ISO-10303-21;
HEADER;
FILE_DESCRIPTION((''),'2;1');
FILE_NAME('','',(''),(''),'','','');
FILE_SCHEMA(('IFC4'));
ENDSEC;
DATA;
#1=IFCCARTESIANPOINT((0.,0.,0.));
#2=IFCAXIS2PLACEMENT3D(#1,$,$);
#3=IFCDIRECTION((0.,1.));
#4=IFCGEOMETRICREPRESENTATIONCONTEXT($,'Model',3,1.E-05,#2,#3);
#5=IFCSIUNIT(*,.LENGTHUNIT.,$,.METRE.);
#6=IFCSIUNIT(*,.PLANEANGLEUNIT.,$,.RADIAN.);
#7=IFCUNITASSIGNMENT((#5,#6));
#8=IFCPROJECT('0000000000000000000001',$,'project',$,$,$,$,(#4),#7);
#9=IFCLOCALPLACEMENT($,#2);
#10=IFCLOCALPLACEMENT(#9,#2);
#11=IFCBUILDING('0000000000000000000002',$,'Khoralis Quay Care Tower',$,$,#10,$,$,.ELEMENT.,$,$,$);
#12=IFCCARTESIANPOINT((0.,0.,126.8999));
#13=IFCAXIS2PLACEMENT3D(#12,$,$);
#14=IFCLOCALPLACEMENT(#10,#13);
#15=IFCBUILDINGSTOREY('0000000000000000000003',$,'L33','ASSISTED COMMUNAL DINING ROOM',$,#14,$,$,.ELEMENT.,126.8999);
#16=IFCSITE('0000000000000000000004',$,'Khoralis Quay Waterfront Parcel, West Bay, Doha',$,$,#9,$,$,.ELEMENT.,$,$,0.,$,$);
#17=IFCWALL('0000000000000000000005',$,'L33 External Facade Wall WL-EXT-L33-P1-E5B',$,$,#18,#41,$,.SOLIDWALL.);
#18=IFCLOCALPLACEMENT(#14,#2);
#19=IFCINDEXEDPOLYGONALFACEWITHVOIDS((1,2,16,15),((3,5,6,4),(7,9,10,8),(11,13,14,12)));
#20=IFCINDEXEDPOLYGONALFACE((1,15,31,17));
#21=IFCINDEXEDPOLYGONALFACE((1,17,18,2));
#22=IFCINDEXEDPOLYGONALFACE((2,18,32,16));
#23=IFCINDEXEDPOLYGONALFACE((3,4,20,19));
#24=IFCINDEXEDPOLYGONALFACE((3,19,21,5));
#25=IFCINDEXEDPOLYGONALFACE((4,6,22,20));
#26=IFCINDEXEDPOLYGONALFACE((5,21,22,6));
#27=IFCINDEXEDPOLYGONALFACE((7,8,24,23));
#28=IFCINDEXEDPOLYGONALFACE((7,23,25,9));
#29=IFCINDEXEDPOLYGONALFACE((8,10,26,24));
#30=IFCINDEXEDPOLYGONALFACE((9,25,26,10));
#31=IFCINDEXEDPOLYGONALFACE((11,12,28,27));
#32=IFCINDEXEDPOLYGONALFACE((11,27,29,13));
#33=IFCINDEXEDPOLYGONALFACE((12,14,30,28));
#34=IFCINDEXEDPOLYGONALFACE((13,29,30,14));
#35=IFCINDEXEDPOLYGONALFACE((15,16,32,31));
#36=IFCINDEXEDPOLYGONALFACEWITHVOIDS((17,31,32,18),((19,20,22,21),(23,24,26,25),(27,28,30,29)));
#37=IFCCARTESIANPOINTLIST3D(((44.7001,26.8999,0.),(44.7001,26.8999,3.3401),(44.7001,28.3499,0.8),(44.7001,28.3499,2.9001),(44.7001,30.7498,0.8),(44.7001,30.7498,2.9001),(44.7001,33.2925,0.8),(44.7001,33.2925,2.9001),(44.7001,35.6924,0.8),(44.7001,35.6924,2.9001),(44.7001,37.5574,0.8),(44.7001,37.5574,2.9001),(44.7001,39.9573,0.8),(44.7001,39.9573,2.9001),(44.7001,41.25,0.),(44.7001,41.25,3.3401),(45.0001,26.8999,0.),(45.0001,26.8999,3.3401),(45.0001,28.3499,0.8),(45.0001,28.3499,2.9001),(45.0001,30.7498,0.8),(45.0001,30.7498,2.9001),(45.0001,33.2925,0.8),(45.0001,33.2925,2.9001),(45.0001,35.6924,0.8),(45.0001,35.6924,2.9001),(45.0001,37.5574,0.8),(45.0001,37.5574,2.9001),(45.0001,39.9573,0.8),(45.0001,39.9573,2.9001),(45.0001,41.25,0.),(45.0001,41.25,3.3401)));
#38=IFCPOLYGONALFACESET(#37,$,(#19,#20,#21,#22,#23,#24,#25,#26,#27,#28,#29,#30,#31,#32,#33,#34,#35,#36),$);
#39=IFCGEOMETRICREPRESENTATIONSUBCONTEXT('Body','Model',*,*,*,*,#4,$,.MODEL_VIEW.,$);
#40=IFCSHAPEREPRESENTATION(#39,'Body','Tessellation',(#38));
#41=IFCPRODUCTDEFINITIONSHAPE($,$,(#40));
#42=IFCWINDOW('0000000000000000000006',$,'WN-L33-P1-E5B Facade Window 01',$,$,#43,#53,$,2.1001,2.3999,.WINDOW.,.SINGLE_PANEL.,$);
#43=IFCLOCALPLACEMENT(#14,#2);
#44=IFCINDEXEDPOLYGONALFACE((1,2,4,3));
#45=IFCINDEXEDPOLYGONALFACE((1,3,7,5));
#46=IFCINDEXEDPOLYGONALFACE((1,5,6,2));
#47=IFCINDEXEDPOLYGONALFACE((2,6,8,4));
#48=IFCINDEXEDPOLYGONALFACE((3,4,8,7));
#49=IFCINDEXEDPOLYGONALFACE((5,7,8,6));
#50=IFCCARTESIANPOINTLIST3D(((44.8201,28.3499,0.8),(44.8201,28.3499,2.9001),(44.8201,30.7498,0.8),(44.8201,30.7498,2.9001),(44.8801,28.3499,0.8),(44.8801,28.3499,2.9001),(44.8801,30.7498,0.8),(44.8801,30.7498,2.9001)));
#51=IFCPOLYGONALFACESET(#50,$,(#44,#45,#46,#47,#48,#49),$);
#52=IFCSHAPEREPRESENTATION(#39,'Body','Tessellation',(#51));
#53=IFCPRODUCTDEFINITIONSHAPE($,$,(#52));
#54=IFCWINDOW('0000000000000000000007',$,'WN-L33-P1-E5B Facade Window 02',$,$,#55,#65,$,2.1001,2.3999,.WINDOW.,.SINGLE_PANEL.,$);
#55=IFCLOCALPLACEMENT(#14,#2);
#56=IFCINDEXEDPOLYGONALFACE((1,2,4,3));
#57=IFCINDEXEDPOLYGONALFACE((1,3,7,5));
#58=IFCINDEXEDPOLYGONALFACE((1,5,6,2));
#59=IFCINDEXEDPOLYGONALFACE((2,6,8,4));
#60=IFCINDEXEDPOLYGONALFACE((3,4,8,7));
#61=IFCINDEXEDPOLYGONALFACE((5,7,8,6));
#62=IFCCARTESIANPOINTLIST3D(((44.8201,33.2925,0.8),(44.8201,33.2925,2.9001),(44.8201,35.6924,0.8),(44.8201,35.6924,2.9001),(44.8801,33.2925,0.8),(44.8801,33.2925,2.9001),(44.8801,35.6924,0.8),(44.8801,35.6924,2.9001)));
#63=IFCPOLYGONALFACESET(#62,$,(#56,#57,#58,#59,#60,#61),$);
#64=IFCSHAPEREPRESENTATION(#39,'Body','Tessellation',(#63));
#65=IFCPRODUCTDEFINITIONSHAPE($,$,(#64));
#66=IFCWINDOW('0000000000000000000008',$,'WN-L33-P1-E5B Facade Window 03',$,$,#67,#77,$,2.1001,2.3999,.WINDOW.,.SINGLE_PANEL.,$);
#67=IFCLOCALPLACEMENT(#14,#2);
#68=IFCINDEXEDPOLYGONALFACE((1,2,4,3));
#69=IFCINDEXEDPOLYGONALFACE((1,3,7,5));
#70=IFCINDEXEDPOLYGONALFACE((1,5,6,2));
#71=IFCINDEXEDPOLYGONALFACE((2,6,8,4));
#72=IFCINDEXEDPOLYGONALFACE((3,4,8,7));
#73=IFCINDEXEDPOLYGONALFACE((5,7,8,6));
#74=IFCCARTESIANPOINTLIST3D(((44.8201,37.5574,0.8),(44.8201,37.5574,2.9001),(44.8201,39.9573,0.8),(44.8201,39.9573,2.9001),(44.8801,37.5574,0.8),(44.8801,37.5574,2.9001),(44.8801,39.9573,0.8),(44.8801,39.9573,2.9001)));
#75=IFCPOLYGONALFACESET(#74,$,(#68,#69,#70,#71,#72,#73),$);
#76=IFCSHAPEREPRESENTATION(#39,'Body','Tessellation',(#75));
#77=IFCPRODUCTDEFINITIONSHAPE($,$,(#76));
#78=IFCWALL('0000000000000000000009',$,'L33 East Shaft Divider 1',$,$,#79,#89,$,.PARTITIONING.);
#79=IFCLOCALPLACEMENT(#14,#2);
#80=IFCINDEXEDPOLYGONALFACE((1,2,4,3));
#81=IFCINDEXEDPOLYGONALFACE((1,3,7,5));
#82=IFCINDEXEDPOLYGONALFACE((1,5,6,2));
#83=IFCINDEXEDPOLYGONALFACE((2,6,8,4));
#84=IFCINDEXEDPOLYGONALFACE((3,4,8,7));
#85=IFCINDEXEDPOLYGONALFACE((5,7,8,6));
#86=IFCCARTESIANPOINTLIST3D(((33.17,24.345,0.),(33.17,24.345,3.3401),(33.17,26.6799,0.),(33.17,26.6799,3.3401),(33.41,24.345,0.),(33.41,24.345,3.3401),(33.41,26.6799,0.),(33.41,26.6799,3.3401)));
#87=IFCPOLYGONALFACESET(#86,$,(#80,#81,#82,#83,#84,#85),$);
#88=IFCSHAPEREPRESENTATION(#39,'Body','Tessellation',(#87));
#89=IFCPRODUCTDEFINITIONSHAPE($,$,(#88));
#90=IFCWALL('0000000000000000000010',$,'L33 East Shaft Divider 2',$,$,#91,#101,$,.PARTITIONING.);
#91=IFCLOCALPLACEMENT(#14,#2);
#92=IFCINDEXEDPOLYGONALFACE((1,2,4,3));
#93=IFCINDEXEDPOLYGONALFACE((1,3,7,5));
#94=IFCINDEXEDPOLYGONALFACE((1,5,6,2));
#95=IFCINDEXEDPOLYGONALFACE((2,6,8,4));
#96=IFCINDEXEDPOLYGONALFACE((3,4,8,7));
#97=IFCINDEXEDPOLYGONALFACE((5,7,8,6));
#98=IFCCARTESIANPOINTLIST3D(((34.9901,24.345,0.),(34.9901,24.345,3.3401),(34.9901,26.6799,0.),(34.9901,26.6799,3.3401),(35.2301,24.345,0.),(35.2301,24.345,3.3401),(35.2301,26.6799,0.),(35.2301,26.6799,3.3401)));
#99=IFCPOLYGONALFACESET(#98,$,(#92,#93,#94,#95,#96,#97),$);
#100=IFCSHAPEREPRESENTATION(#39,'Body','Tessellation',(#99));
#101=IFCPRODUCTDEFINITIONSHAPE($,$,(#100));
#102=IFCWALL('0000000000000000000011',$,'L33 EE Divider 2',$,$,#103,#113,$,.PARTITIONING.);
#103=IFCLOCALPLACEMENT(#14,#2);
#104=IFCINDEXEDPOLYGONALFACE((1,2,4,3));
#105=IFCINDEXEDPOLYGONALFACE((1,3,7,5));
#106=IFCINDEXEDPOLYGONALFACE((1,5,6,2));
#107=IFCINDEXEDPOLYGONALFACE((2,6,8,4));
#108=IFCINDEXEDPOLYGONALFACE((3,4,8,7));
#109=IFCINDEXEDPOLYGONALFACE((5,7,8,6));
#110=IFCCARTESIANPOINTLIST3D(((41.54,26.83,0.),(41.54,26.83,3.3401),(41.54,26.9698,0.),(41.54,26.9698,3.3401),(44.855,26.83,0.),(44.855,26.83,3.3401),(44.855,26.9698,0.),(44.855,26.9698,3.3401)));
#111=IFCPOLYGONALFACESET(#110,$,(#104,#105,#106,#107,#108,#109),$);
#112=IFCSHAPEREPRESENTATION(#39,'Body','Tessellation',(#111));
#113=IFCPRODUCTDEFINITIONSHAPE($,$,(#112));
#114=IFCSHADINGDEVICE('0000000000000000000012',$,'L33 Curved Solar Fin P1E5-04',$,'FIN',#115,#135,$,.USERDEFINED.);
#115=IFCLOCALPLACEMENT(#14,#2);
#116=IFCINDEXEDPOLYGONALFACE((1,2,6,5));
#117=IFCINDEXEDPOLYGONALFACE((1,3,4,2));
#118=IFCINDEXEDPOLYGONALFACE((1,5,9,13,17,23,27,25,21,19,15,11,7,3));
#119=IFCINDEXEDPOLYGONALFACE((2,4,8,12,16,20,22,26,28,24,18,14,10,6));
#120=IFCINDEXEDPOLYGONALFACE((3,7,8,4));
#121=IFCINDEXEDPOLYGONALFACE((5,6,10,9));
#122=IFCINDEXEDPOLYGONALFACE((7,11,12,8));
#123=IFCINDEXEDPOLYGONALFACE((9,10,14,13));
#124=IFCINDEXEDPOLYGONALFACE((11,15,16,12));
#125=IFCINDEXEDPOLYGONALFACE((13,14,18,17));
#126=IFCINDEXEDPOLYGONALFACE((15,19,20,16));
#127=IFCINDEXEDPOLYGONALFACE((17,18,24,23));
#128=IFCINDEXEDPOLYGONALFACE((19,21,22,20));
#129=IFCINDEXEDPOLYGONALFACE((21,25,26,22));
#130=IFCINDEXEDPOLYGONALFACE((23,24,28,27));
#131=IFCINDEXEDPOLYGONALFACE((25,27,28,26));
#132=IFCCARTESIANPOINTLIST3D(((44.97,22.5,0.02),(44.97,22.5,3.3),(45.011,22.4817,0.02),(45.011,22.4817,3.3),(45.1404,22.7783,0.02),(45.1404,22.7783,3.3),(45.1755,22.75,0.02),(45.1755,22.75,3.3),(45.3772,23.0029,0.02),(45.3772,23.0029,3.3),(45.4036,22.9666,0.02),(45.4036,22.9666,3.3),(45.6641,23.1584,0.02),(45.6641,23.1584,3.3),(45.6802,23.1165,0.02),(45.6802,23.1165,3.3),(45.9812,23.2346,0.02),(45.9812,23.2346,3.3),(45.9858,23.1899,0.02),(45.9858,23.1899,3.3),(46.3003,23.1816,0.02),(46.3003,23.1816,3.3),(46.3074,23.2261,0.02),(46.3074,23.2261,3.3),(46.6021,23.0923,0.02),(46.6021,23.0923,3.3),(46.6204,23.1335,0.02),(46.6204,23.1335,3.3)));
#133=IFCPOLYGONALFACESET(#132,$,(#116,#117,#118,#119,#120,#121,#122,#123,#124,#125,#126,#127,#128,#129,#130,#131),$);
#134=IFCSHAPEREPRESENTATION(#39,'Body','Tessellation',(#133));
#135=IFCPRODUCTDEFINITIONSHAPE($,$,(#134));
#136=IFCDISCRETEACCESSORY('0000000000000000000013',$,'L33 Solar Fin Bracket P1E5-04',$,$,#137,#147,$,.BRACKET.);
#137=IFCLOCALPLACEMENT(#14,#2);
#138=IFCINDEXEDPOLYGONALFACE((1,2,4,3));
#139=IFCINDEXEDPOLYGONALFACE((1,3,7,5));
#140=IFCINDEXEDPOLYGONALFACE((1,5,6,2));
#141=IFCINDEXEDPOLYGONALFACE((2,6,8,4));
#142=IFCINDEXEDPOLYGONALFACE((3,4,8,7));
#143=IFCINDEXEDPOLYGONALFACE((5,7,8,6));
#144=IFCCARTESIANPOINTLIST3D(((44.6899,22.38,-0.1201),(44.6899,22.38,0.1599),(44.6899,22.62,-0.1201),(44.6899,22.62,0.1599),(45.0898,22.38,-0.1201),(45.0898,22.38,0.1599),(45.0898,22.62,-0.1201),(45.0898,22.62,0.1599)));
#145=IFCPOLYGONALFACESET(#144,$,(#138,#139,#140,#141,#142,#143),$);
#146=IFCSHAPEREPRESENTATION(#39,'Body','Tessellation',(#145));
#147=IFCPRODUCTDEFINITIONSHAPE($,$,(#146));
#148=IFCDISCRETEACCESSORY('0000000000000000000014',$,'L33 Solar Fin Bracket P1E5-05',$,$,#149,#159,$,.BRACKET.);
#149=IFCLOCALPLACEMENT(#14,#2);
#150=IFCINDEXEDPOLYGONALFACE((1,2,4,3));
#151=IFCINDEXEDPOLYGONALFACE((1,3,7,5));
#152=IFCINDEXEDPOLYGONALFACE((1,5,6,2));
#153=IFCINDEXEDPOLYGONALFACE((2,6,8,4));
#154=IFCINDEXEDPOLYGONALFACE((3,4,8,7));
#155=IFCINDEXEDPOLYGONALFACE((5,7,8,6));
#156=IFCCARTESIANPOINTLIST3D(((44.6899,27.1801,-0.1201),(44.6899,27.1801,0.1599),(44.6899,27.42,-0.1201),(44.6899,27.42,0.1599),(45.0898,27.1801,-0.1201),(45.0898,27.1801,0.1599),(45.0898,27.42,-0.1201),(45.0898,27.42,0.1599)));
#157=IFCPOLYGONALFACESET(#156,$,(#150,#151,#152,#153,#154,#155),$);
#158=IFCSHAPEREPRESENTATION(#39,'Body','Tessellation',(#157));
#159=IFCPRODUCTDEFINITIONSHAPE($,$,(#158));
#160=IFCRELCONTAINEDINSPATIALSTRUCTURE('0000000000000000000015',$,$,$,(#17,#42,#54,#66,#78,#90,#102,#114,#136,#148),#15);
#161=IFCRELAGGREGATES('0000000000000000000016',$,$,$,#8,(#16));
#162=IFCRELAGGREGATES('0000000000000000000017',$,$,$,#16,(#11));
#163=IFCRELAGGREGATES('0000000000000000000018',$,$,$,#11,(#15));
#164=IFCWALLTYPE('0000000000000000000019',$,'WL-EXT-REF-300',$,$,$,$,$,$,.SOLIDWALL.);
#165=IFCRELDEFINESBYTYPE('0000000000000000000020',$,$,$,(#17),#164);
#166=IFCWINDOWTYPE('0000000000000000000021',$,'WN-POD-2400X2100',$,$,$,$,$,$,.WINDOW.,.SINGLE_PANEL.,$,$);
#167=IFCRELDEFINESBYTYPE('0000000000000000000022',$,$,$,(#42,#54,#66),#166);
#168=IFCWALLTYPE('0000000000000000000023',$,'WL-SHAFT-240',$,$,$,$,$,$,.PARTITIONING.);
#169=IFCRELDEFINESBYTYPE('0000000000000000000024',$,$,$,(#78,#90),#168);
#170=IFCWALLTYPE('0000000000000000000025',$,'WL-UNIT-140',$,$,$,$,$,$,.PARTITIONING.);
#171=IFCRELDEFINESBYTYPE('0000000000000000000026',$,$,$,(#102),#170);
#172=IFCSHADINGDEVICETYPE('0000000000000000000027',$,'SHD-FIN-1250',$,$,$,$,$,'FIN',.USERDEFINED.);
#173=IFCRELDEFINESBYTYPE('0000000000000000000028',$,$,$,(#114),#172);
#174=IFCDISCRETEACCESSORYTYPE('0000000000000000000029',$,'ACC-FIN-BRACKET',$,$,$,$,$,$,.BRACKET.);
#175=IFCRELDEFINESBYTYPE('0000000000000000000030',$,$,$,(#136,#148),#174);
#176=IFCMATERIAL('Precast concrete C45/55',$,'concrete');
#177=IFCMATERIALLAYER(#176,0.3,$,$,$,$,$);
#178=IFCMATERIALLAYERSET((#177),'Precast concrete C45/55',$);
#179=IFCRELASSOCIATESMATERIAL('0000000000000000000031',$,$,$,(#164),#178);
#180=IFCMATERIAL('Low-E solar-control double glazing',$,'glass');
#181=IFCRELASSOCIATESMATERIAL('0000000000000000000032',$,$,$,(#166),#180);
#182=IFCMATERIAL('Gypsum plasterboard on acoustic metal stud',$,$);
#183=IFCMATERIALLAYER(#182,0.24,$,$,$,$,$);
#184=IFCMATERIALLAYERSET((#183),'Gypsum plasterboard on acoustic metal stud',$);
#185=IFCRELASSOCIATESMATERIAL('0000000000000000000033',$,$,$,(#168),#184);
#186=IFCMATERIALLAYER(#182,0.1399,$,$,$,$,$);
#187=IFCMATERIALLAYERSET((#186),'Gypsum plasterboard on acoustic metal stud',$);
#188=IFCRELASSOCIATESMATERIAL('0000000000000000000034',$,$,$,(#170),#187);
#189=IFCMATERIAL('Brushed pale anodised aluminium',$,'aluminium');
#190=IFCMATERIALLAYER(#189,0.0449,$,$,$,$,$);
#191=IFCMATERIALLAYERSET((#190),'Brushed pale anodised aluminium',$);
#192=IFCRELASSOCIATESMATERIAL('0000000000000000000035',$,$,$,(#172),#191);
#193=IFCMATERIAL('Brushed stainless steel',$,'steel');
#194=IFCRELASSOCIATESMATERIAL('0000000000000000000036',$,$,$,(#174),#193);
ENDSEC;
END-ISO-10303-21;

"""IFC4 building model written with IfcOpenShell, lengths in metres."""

from ifc_helpers import new_model, si_unit, direction, frame, frame_2d, origin, origin_2d, place, context, subcontext, project, spatial, polyline, rectangle, outline, extrude, source, transform, mapped, material, layer, layer_set, type_object, element, fill, save


model = new_model("IFC4")

# Units and contexts
model_context = context("Model", 3, precision=1e-05, world=origin(), true_north=direction((0.0, 1.0)))
body_context = subcontext(model_context, "Body", "Model", "MODEL_VIEW")
ifc_project = project(units=[si_unit("LENGTHUNIT", "METRE"), si_unit("PLANEANGLEUNIT", "RADIAN")], contexts=[model_context])

# Site, building, storey
site_placement = place(None, origin())
site = spatial("IfcSite", under=ifc_project, at=site_placement, Name="Khoralis Quay Waterfront Parcel, West Bay, Doha", CompositionType="ELEMENT", RefElevation=0.0)
building_placement = place(site_placement, origin())
building = spatial("IfcBuilding", under=site, at=building_placement, Name="Khoralis Quay Care Tower", CompositionType="ELEMENT")
storey_placement = place(building_placement, frame((0.0, 0.0, 126.8999)))
storey = spatial("IfcBuildingStorey", under=building, at=storey_placement, Name="L33", Description="ASSISTED COMMUNAL DINING ROOM", CompositionType="ELEMENT", Elevation=126.8999)

# Shared definitions
ifc_material_1 = material(Name="Low-E solar-control double glazing", Category="glass")

# Wall, openings, windows
ifc_material_2 = material(Name="Precast concrete C45/55", Category="concrete")
ifc_layer_1 = layer(ifc_material_2, 0.3)
ifc_layer_set_1 = layer_set([ifc_layer_1], Name="Precast concrete C45/55")
wall_type_1 = type_object("IfcWallType", Name="WL-EXT-REF-300", PredefinedType="SOLIDWALL", material=ifc_layer_set_1)
wall_1_placement = place(storey_placement, frame((44.8501, 26.8999, 0.0), z_axis=(0.0, 0.0, 1.0), x_axis=(0.0, 1.0, 0.0)))
wall_1 = element("IfcWall", 1, at=wall_1_placement, inside=storey, type_object=wall_type_1, Name="L33 External Facade Wall WL-EXT-L33-P1-E5B", PredefinedType="SOLIDWALL", context=body_context, shape_type="SweptSolid", body=[
    extrude(rectangle(XDim=14.3501, YDim=0.3, at=frame_2d((7.175, 0.0))), origin(), (0.0, 0.0, 1.0), 3.3401),
])
opening_1_placement = place(wall_1_placement, frame((1.45, 0.0, 0.8)))
opening_1 = element("IfcOpeningElement", 2, at=opening_1_placement, cuts=wall_1, PredefinedType="OPENING", context=body_context, shape_type="SweptSolid", body=[
    extrude(rectangle(XDim=2.3999, YDim=2.1001, at=frame_2d((1.2, 1.05))), frame((0.0, 0.1602, 0.0), z_axis=(0.0, -1.0, 0.0), x_axis=(1.0, 0.0, 0.0)), (0.0, 0.0, 1.0), 0.3201),
])
opening_2_placement = place(wall_1_placement, frame((6.3926, 0.0, 0.8)))
opening_2 = element("IfcOpeningElement", 3, at=opening_2_placement, cuts=wall_1, PredefinedType="OPENING", context=body_context, shape_type="SweptSolid", body=[
    extrude(rectangle(XDim=2.3999, YDim=2.1001, at=frame_2d((1.2, 1.05))), frame((0.0, 0.1602, 0.0), z_axis=(0.0, -1.0, 0.0), x_axis=(1.0, 0.0, 0.0)), (0.0, 0.0, 1.0), 0.3201),
])
opening_3_placement = place(wall_1_placement, frame((10.6575, 0.0, 0.8)))
opening_3 = element("IfcOpeningElement", 4, at=opening_3_placement, cuts=wall_1, PredefinedType="OPENING", context=body_context, shape_type="SweptSolid", body=[
    extrude(rectangle(XDim=2.3999, YDim=2.1001, at=frame_2d((1.2, 1.05))), frame((0.0, 0.1602, 0.0), z_axis=(0.0, -1.0, 0.0), x_axis=(1.0, 0.0, 0.0)), (0.0, 0.0, 1.0), 0.3201),
])
window_type = type_object("IfcWindowType", Name="WN-POD-2400X2100", PartitioningType="SINGLE_PANEL", PredefinedType="WINDOW", material=ifc_material_1)
shared_shape_1 = source(origin(), body_context, "Body", "SweptSolid", [
    extrude(rectangle(XDim=2.3999, YDim=2.1001, at=frame_2d((1.2, 1.05))), frame((0.0, 0.03, 0.0), z_axis=(0.0, -1.0, 0.0), x_axis=(1.0, 0.0, 0.0)), (0.0, 0.0, 1.0), 0.0601),
])
window_1_placement = place(opening_1_placement, origin())
window_1 = element("IfcWindow", 5, at=window_1_placement, inside=storey, type_object=window_type, Name="WN-L33-P1-E5B Facade Window 01", OverallHeight=2.1001, OverallWidth=2.3999, PartitioningType="SINGLE_PANEL", PredefinedType="WINDOW", context=body_context, shape_type="MappedRepresentation", body=[
    mapped(shared_shape_1, transform((0.0, 0.0, 0.0), scale=1.0)),
])
fill(opening_1, window_1)
window_2_placement = place(opening_2_placement, origin())
window_2 = element("IfcWindow", 6, at=window_2_placement, inside=storey, type_object=window_type, Name="WN-L33-P1-E5B Facade Window 02", OverallHeight=2.1001, OverallWidth=2.3999, PartitioningType="SINGLE_PANEL", PredefinedType="WINDOW", context=body_context, shape_type="MappedRepresentation", body=[
    mapped(shared_shape_1, transform((0.0, 0.0, 0.0), scale=1.0)),
])
fill(opening_2, window_2)
window_3_placement = place(opening_3_placement, origin())
window_3 = element("IfcWindow", 7, at=window_3_placement, inside=storey, type_object=window_type, Name="WN-L33-P1-E5B Facade Window 03", OverallHeight=2.1001, OverallWidth=2.3999, PartitioningType="SINGLE_PANEL", PredefinedType="WINDOW", context=body_context, shape_type="MappedRepresentation", body=[
    mapped(shared_shape_1, transform((0.0, 0.0, 0.0), scale=1.0)),
])
fill(opening_3, window_3)

# Walls
ifc_material_3 = material(Name="Gypsum plasterboard on acoustic metal stud")
ifc_layer_2 = layer(ifc_material_3, 0.24)
ifc_layer_set_2 = layer_set([ifc_layer_2], Name="Gypsum plasterboard on acoustic metal stud")
wall_type_2 = type_object("IfcWallType", Name="WL-SHAFT-240", PredefinedType="PARTITIONING", material=ifc_layer_set_2)
for number, where, z_axis, x_axis, name in (
    (8, (33.29, 24.345, 0.0), (0.0, 0.0, 1.0), (0.0, 1.0, 0.0), "L33 East Shaft Divider 1"),
    (9, (35.1101, 24.345, 0.0), (0.0, 0.0, 1.0), (0.0, 1.0, 0.0), "L33 East Shaft Divider 2"),
):
    element("IfcWall", number, at=place(storey_placement, frame(where, z_axis=z_axis, x_axis=x_axis)), inside=storey, type_object=wall_type_2, Name=name, PredefinedType="PARTITIONING", context=body_context, shape_type="SweptSolid", body=[
        extrude(rectangle(XDim=2.335, YDim=0.24, at=frame_2d((1.1675, 0.0))), origin(), (0.0, 0.0, 1.0), 3.3401),
    ])
ifc_layer_3 = layer(ifc_material_3, 0.1399)
ifc_layer_set_3 = layer_set([ifc_layer_3], Name="Gypsum plasterboard on acoustic metal stud")
wall_type_3 = type_object("IfcWallType", Name="WL-UNIT-140", PredefinedType="PARTITIONING", material=ifc_layer_set_3)
wall_2_placement = place(storey_placement, frame((41.54, 26.8999, 0.0), z_axis=(0.0, 0.0, 1.0), x_axis=(1.0, 0.0, 0.0)))
element("IfcWall", 10, at=wall_2_placement, inside=storey, type_object=wall_type_3, Name="L33 EE Divider 2", PredefinedType="PARTITIONING", context=body_context, shape_type="SweptSolid", body=[
    extrude(rectangle(XDim=3.3149, YDim=0.1399, at=frame_2d((1.6575, 0.0))), origin(), (0.0, 0.0, 1.0), 3.3401),
])

# Shading device
ifc_material_4 = material(Name="Brushed pale anodised aluminium", Category="aluminium")
ifc_layer_4 = layer(ifc_material_4, 0.0449)
ifc_layer_set_4 = layer_set([ifc_layer_4], Name="Brushed pale anodised aluminium")
shading_device_type = type_object("IfcShadingDeviceType", Name="SHD-FIN-1250", ElementType="FIN", PredefinedType="USERDEFINED", material=ifc_layer_set_4)
shared_shape_2 = source(origin(), body_context, "Body", "SweptSolid", [
    extrude(outline(polyline([(0.0, 0.0), (0.1704, 0.2783), (0.4072, 0.5029), (0.6941, 0.6584), (1.0112, 0.7346), (1.3374, 0.7261), (1.6504, 0.6335), (1.6321, 0.5923), (1.3303, 0.6816), (1.0159, 0.6899), (0.7102, 0.6165), (0.4336, 0.4666), (0.2056, 0.25), (0.041, -0.0183), (0.0, 0.0)])), origin(), (0.0, 0.0, 1.0), 3.28),
])
shading_device_placement = place(storey_placement, frame((44.97, 22.5, 0.02), z_axis=(0.0, 0.0, 1.0), x_axis=(1.0, 0.0, 0.0)))
element("IfcShadingDevice", 11, at=shading_device_placement, inside=storey, type_object=shading_device_type, Name="L33 Curved Solar Fin P1E5-04", ObjectType="FIN", PredefinedType="USERDEFINED", context=body_context, shape_type="MappedRepresentation", body=[
    mapped(shared_shape_2, transform((0.0, 0.0, 0.0), scale=1.0)),
])

# Discrete accessories
ifc_material_5 = material(Name="Brushed stainless steel", Category="steel")
discrete_accessory_type = type_object("IfcDiscreteAccessoryType", Name="ACC-FIN-BRACKET", PredefinedType="BRACKET", material=ifc_material_5)
shared_shape_3 = source(origin(), body_context, "Body", "SweptSolid", [
    extrude(rectangle(XDim=0.3999, YDim=0.24, at=origin_2d()), origin(), (0.0, 0.0, 1.0), 0.28),
])
for number, where, z_axis, x_axis, name in (
    (12, (44.8899, 22.5, -0.1201), (0.0, 0.0, 1.0), (1.0, 0.0, 0.0), "L33 Solar Fin Bracket P1E5-04"),
    (13, (44.8899, 27.3, -0.1201), (0.0, 0.0, 1.0), (1.0, 0.0, 0.0), "L33 Solar Fin Bracket P1E5-05"),
):
    element("IfcDiscreteAccessory", number, at=place(storey_placement, frame(where, z_axis=z_axis, x_axis=x_axis)), inside=storey, type_object=discrete_accessory_type, Name=name, PredefinedType="BRACKET", context=body_context, shape_type="MappedRepresentation", body=[
        mapped(shared_shape_3, transform((0.0, 0.0, 0.0), scale=1.0)),
    ])

save(model, "model.ifc")
